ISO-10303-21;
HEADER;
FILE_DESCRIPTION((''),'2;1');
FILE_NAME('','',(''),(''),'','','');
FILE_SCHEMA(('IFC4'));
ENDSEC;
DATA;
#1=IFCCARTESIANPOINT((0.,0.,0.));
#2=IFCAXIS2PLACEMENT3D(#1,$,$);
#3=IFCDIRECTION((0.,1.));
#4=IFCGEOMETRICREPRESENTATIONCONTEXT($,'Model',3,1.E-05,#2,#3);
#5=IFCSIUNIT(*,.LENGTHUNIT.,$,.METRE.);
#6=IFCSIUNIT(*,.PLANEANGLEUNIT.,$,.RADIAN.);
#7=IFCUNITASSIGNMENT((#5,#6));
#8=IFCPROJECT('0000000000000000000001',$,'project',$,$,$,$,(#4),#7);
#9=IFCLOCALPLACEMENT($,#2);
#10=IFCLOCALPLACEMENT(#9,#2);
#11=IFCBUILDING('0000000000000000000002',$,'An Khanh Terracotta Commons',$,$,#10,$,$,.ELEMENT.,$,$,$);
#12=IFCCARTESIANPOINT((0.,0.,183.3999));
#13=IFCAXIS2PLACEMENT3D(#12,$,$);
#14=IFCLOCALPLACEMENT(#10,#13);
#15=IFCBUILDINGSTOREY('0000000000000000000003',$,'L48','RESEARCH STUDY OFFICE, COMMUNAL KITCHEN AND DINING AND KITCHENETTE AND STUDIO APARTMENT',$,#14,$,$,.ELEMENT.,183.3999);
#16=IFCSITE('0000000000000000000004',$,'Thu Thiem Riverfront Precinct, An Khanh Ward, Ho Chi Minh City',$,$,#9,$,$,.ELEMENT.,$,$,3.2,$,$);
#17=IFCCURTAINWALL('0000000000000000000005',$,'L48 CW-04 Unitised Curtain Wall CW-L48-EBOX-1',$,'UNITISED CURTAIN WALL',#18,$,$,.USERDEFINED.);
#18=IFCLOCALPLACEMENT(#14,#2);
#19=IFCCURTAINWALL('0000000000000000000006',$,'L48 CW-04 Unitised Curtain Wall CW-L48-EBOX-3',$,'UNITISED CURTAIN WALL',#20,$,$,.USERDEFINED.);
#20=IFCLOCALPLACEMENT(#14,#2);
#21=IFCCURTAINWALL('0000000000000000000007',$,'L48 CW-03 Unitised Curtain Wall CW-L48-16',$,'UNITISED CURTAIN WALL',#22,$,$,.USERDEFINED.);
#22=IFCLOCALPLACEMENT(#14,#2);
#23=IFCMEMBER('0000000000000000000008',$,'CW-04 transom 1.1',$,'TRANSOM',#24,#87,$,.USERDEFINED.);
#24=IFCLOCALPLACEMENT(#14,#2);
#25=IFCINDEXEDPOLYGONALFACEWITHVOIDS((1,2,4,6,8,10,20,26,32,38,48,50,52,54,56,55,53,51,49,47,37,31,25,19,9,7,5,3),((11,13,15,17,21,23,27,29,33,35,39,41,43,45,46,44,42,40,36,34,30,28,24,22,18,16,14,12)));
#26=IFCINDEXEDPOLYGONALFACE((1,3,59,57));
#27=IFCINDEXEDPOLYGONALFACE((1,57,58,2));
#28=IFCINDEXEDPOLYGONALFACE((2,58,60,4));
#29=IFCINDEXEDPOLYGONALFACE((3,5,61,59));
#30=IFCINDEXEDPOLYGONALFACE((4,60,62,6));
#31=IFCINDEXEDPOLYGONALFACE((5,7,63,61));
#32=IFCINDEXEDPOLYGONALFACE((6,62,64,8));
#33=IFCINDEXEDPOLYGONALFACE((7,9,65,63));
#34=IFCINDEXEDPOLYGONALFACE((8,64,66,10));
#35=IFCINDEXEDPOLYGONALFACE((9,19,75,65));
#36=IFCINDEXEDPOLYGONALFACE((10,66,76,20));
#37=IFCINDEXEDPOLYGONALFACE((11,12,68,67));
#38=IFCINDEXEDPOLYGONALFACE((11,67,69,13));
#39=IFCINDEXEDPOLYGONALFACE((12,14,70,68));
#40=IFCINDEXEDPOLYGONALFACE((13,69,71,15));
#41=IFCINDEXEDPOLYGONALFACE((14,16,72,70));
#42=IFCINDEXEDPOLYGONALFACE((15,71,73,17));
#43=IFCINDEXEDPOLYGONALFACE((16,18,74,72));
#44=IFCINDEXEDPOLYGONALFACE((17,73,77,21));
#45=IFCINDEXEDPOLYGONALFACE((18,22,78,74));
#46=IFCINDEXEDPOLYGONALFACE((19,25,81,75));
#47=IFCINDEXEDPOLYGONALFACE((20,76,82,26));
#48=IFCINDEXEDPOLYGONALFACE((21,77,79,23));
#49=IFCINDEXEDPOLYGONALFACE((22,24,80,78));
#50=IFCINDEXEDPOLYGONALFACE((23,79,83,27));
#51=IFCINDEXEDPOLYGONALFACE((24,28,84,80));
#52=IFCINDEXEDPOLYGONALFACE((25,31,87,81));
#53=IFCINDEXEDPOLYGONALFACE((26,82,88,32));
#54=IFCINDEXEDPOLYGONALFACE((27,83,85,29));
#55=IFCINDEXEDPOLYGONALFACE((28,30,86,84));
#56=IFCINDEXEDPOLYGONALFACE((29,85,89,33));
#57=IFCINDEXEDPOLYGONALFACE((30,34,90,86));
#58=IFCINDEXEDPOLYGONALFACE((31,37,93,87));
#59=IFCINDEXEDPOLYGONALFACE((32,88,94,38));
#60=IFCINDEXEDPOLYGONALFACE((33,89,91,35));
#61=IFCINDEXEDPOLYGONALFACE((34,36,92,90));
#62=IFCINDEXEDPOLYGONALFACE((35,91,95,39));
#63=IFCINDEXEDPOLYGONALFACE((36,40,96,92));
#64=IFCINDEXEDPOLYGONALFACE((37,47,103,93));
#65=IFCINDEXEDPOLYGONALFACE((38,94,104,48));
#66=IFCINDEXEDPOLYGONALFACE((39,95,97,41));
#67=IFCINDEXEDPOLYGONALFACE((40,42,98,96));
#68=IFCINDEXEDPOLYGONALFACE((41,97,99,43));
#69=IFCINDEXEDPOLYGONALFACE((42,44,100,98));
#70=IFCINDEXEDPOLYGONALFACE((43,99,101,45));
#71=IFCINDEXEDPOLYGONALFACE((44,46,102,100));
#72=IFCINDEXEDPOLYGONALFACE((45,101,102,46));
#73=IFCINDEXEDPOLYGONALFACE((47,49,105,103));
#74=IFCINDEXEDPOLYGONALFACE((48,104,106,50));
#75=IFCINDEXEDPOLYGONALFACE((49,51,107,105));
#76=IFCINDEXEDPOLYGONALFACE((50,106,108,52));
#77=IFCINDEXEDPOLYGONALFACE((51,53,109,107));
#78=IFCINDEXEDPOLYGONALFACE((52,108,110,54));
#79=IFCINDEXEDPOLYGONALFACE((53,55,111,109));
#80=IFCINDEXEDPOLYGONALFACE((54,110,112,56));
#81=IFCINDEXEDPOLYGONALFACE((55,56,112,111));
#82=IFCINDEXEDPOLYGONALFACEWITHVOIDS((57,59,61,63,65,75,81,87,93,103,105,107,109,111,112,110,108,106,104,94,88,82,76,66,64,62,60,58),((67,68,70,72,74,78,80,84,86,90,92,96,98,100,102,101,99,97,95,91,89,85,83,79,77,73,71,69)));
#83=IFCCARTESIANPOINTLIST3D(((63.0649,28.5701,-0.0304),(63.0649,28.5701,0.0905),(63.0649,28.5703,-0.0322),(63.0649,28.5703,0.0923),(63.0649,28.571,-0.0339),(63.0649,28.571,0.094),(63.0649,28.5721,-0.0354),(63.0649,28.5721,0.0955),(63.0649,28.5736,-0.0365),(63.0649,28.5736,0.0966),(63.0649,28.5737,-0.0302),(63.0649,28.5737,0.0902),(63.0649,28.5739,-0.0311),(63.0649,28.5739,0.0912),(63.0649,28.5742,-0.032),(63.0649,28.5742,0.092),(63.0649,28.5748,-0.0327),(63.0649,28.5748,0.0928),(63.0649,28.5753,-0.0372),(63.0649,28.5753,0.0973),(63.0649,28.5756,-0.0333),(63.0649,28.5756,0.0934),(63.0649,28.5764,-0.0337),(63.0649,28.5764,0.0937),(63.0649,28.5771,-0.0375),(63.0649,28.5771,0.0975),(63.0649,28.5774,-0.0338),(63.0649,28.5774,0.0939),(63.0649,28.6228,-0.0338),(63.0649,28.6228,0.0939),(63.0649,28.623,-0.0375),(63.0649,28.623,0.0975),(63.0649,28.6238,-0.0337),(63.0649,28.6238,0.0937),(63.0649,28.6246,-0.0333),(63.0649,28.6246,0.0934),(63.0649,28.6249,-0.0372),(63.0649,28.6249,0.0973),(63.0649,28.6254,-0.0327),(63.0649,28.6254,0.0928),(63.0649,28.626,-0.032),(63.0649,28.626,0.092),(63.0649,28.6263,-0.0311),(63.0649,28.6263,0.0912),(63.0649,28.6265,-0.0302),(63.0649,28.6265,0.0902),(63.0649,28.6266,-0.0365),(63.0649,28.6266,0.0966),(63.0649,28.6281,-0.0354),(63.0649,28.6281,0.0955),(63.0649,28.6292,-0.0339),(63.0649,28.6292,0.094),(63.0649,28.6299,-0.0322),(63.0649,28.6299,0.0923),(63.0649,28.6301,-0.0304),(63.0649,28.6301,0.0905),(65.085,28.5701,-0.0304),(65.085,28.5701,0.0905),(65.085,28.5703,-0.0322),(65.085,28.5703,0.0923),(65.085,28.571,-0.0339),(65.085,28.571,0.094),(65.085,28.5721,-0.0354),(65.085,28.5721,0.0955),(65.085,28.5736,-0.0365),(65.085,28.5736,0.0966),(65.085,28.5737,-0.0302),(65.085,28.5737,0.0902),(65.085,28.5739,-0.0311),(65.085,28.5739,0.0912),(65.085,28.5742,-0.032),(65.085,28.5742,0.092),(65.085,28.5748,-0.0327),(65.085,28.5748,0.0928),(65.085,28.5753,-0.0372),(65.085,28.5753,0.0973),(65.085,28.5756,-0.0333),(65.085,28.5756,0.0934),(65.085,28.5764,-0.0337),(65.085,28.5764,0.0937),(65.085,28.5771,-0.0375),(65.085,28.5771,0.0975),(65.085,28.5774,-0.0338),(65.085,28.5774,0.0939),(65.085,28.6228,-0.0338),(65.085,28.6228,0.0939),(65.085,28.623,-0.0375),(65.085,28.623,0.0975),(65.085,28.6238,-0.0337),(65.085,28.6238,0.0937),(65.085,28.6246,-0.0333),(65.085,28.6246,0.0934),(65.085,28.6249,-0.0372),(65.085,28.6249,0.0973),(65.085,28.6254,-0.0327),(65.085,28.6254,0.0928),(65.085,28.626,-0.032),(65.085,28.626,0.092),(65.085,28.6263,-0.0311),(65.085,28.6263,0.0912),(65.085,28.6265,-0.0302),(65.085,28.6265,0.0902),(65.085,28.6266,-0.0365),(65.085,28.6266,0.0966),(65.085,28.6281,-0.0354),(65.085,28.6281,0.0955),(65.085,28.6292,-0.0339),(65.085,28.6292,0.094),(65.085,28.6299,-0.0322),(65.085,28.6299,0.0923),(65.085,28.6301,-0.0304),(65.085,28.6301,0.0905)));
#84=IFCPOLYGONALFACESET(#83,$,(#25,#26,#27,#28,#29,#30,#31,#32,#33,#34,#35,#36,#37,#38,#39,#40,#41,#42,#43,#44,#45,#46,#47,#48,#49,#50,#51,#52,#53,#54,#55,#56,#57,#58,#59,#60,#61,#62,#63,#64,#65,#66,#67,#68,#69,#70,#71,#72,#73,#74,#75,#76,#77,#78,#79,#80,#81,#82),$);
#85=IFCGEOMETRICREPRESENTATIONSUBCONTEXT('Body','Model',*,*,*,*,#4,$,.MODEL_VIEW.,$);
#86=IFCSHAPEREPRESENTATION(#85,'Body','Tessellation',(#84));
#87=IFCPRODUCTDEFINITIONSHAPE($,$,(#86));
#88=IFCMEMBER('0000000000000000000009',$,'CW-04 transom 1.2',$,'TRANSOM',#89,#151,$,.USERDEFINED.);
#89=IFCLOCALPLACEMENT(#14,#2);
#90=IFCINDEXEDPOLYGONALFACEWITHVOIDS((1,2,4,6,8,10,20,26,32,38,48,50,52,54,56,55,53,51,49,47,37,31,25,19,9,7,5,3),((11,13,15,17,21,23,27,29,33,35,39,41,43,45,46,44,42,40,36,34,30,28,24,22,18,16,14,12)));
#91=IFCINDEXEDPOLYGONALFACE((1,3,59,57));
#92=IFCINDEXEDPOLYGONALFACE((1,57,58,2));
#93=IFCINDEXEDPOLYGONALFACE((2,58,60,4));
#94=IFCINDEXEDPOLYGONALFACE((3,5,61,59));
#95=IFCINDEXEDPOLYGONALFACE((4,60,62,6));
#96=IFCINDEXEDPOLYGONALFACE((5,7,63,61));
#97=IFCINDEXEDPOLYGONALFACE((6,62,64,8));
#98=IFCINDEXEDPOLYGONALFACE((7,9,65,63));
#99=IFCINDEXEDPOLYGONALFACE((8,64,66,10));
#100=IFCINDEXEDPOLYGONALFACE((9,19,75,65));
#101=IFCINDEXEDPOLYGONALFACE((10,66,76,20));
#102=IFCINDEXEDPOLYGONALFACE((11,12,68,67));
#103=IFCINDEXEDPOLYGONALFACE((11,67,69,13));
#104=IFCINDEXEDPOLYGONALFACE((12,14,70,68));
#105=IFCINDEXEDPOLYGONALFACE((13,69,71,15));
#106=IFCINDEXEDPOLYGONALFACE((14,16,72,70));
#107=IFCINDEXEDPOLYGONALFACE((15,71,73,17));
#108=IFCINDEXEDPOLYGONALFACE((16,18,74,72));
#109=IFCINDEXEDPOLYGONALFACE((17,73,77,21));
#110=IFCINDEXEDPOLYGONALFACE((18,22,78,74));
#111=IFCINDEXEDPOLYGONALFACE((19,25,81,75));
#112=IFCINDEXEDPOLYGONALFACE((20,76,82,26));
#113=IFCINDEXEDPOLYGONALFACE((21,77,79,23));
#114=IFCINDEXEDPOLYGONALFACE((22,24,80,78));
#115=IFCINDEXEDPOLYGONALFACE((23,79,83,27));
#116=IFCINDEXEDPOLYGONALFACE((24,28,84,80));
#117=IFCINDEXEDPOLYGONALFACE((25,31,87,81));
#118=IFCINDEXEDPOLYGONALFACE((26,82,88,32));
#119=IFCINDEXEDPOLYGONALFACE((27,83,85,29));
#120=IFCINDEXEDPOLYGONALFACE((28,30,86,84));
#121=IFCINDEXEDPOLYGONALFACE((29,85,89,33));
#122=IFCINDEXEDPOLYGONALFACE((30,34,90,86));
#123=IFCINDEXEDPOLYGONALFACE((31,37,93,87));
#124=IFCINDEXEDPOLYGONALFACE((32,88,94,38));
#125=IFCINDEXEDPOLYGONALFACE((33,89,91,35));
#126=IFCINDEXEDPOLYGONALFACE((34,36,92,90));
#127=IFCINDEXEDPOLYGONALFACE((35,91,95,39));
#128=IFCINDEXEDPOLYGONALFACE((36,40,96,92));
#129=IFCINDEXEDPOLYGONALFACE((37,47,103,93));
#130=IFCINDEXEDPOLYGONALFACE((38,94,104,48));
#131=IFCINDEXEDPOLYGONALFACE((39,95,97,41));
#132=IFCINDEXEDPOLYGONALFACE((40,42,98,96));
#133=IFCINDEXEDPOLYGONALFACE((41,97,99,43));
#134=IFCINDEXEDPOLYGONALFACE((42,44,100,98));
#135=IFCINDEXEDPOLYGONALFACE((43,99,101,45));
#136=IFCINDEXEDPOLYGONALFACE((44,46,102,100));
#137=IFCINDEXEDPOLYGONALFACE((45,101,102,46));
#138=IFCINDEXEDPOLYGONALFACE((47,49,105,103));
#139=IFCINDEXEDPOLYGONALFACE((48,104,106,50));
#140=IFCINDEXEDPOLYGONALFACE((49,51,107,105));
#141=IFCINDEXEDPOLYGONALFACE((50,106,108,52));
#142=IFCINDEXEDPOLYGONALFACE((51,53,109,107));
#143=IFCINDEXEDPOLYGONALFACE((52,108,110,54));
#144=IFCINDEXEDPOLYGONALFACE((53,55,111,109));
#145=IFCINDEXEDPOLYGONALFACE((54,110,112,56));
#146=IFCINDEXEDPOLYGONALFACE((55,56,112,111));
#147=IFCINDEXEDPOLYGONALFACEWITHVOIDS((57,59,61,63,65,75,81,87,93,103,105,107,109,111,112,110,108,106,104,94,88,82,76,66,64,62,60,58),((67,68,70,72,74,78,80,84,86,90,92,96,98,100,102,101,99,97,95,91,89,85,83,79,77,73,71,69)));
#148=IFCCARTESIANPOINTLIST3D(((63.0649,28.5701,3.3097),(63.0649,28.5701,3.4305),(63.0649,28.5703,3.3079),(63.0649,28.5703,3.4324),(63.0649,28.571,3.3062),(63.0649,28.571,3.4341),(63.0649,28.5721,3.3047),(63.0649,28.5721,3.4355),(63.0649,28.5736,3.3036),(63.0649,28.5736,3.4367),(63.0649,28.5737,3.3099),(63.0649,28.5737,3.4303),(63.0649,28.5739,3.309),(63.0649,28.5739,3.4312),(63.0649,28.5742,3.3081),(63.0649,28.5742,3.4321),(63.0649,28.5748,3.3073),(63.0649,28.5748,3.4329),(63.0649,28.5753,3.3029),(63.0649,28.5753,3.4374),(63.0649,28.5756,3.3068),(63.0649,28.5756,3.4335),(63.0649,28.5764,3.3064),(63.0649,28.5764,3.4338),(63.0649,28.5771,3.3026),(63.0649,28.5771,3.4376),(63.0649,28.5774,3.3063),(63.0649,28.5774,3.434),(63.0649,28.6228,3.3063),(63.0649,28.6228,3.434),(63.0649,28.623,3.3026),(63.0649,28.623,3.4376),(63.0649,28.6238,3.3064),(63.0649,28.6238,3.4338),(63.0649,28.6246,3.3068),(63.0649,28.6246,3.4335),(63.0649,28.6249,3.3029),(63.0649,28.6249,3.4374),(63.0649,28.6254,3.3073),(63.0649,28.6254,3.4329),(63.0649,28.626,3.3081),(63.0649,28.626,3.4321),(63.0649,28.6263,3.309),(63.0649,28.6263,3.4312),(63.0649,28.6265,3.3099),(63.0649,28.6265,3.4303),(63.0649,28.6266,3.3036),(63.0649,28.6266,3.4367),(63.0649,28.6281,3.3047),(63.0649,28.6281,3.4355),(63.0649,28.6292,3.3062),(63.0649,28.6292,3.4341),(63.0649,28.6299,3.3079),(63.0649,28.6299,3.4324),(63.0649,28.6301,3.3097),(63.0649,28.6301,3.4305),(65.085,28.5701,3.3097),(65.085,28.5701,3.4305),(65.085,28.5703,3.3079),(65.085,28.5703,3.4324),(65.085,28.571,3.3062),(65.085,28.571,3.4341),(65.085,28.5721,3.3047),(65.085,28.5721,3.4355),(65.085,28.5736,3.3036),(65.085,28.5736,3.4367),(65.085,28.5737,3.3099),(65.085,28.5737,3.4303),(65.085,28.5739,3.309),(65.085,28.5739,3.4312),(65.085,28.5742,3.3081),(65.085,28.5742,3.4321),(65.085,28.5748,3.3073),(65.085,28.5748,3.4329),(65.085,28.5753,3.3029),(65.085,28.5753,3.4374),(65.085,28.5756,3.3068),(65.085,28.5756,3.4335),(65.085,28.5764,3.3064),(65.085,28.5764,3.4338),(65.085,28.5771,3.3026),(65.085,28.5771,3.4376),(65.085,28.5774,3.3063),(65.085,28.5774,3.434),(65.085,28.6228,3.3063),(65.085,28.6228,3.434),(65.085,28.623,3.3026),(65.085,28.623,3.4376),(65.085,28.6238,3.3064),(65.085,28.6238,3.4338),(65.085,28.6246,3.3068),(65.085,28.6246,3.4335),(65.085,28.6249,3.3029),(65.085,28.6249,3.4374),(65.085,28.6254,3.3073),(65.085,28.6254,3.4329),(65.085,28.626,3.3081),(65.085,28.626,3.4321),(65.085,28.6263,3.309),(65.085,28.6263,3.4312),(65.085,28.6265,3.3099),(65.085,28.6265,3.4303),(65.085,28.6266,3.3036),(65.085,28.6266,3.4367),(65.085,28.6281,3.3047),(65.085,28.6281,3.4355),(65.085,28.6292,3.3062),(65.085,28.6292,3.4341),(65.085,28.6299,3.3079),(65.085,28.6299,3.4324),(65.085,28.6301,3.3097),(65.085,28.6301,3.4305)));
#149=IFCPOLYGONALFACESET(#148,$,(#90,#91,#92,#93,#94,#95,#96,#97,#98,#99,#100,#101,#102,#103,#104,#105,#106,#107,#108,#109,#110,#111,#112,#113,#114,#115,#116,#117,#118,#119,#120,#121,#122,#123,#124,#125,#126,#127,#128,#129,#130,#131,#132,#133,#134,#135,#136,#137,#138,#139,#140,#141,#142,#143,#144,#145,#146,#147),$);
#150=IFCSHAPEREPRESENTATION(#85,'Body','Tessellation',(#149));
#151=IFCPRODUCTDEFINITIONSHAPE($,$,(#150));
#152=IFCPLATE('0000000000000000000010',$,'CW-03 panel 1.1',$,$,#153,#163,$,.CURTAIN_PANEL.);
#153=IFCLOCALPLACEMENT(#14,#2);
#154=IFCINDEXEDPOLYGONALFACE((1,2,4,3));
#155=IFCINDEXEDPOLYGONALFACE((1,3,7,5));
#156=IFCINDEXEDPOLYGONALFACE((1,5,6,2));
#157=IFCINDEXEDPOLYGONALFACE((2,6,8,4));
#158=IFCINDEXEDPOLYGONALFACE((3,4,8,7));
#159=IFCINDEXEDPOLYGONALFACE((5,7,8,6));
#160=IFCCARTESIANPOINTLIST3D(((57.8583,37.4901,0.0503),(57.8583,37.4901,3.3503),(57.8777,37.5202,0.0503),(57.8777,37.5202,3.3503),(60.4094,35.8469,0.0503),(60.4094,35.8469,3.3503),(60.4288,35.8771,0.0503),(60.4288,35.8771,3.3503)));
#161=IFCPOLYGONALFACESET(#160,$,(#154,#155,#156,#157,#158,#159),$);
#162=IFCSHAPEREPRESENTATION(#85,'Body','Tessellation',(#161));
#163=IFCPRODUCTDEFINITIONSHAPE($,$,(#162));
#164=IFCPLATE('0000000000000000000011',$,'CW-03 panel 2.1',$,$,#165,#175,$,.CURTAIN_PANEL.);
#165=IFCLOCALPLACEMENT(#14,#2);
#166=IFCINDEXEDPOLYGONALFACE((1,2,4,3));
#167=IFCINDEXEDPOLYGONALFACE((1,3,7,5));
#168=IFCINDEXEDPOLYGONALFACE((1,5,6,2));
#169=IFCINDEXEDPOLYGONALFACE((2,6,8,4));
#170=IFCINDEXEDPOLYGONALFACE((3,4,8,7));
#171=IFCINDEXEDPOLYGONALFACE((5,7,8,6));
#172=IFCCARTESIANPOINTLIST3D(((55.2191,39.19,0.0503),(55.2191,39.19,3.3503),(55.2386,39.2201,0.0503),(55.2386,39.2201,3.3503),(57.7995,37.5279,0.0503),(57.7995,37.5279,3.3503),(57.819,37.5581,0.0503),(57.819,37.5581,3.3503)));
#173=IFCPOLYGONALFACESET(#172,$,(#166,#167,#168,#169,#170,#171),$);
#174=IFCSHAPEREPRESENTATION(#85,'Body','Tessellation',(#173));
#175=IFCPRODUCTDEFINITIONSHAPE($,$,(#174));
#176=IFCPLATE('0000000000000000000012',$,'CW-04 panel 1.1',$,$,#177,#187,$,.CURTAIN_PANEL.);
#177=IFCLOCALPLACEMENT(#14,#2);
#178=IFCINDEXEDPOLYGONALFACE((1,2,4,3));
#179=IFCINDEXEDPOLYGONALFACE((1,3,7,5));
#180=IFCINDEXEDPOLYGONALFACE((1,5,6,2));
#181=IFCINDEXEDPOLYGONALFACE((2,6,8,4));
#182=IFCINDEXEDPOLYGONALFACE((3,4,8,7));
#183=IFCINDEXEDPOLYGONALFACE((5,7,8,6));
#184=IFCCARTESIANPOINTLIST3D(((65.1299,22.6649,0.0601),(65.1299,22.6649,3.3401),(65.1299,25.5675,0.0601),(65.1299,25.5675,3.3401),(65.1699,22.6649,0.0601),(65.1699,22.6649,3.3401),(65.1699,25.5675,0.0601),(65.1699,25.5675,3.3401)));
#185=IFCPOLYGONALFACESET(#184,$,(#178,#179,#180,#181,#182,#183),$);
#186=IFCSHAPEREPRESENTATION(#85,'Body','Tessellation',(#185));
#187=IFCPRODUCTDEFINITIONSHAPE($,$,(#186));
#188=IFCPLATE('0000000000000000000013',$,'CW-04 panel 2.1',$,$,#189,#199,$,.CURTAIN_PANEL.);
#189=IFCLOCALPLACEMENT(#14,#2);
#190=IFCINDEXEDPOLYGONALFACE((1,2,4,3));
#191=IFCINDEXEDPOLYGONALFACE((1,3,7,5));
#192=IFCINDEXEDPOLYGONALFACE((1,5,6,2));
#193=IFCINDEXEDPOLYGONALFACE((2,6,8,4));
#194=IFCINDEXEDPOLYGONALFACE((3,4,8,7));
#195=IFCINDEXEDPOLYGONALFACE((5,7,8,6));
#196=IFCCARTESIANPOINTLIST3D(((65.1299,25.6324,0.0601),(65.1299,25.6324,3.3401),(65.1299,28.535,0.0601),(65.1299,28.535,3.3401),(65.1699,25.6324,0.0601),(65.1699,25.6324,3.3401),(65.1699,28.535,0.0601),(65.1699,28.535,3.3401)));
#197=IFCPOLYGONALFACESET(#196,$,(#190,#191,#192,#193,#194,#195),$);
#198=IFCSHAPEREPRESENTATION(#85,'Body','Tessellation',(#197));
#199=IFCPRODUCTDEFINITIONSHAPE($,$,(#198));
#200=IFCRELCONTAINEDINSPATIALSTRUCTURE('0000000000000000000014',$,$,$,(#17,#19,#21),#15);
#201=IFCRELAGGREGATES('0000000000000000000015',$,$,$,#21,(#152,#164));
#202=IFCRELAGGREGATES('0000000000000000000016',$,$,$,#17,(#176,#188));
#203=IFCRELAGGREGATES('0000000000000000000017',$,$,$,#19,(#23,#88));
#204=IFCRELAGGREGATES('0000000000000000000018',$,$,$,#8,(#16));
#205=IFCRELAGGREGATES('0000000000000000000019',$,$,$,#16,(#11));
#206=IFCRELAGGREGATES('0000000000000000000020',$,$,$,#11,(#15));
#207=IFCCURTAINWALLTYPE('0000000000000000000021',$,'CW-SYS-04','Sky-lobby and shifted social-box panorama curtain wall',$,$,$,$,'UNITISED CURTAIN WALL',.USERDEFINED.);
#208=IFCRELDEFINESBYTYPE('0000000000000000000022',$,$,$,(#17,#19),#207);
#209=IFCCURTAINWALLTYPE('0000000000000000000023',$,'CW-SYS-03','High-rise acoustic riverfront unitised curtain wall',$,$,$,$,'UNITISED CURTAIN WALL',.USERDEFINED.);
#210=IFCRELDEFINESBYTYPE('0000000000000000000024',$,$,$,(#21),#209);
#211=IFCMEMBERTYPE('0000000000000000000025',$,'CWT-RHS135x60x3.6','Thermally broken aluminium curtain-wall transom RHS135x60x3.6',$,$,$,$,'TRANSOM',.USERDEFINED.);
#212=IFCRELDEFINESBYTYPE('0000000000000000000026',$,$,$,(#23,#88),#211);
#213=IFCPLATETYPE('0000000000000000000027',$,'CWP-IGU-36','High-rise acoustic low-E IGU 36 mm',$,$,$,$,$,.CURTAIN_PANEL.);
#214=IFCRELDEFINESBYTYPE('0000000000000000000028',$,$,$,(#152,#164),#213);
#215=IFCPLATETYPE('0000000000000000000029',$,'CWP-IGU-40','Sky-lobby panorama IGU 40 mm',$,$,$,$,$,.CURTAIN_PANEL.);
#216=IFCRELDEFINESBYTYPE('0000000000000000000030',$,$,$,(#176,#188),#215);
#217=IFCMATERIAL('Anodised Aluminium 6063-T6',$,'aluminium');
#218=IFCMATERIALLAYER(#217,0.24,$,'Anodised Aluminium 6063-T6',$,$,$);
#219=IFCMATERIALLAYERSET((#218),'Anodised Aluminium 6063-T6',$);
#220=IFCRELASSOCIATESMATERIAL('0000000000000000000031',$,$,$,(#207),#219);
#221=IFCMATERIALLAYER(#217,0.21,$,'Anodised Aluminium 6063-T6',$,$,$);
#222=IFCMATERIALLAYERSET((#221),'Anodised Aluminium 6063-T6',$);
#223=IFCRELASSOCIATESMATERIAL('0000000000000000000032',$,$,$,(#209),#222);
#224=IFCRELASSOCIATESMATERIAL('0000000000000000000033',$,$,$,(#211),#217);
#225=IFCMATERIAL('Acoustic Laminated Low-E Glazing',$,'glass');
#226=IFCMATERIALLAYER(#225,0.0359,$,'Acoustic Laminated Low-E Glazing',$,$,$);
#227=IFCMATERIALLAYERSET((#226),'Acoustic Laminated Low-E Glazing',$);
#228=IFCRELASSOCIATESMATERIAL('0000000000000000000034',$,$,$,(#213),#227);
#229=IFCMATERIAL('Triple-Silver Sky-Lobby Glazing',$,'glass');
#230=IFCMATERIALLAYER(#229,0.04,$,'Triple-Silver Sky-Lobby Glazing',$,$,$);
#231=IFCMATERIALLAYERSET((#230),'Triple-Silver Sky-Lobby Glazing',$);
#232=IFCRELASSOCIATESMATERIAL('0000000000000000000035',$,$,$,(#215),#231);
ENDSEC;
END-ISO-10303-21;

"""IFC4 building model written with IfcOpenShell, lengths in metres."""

from ifc_helpers import new_model, si_unit, direction, frame, origin, origin_2d, place, context, subcontext, project, spatial, rectangle, hollow_rectangle, extrude, material, layer, layer_set, material_profile, profile_set, type_object, element, aggregate, save


model = new_model("IFC4")

# Units and contexts
model_context = context("Model", 3, precision=1e-05, world=origin(), true_north=direction((0.0, 1.0)))
body_context = subcontext(model_context, "Body", "Model", "MODEL_VIEW")
ifc_project = project(units=[si_unit("LENGTHUNIT", "METRE"), si_unit("PLANEANGLEUNIT", "RADIAN")], contexts=[model_context])

# Site, building, storey
site_placement = place(None, origin())
site = spatial("IfcSite", under=ifc_project, at=site_placement, Name="Thu Thiem Riverfront Precinct, An Khanh Ward, Ho Chi Minh City", CompositionType="ELEMENT", RefElevation=3.2)
building_placement = place(site_placement, origin())
building = spatial("IfcBuilding", under=site, at=building_placement, Name="An Khanh Terracotta Commons", CompositionType="ELEMENT")
storey_placement = place(building_placement, frame((0.0, 0.0, 183.3999)))
storey = spatial("IfcBuildingStorey", under=building, at=storey_placement, Name="L48", Description="RESEARCH STUDY OFFICE, COMMUNAL KITCHEN AND DINING AND KITCHENETTE AND STUDIO APARTMENT", CompositionType="ELEMENT", Elevation=183.3999)

# Curtain walls
ifc_material_1 = material(Name="Anodised Aluminium 6063-T6", Category="aluminium")
ifc_layer_1 = layer(ifc_material_1, 0.24, Name="Anodised Aluminium 6063-T6")
ifc_layer_set_1 = layer_set([ifc_layer_1], Name="Anodised Aluminium 6063-T6")
curtain_wall_type_1 = type_object("IfcCurtainWallType", Name="CW-SYS-04", Description="Sky-lobby and shifted social-box panorama curtain wall", ElementType="UNITISED CURTAIN WALL", PredefinedType="USERDEFINED", material=ifc_layer_set_1)
curtain_wall_1_placement = place(storey_placement, origin())
curtain_wall_1 = element("IfcCurtainWall", 1, at=curtain_wall_1_placement, inside=storey, type_object=curtain_wall_type_1, Name="L48 CW-04 Unitised Curtain Wall CW-L48-EBOX-1", ObjectType="UNITISED CURTAIN WALL", PredefinedType="USERDEFINED")
curtain_wall_2_placement = place(storey_placement, origin())
curtain_wall_2 = element("IfcCurtainWall", 2, at=curtain_wall_2_placement, inside=storey, type_object=curtain_wall_type_1, Name="L48 CW-04 Unitised Curtain Wall CW-L48-EBOX-3", ObjectType="UNITISED CURTAIN WALL", PredefinedType="USERDEFINED")
ifc_layer_2 = layer(ifc_material_1, 0.21, Name="Anodised Aluminium 6063-T6")
ifc_layer_set_2 = layer_set([ifc_layer_2], Name="Anodised Aluminium 6063-T6")
curtain_wall_type_2 = type_object("IfcCurtainWallType", Name="CW-SYS-03", Description="High-rise acoustic riverfront unitised curtain wall", ElementType="UNITISED CURTAIN WALL", PredefinedType="USERDEFINED", material=ifc_layer_set_2)
curtain_wall_3_placement = place(storey_placement, origin())
curtain_wall_3 = element("IfcCurtainWall", 3, at=curtain_wall_3_placement, inside=storey, type_object=curtain_wall_type_2, Name="L48 CW-03 Unitised Curtain Wall CW-L48-16", ObjectType="UNITISED CURTAIN WALL", PredefinedType="USERDEFINED")

# Members
ifc_material_profile_1 = material_profile(ifc_material_1, hollow_rectangle(XDim=0.0601, YDim=0.135, WallThickness=0.0037, InnerFilletRadius=0.0037, OuterFilletRadius=0.0071, at=origin_2d()), Name="RHS135x60x3.6")
ifc_profile_set_1 = profile_set([ifc_material_profile_1], Name="Anodised Aluminium 6063-T6")
member_type_1 = type_object("IfcMemberType", Name="CWT-RHS135x60x3.6", Description="Thermally broken aluminium curtain-wall transom RHS135x60x3.6", ElementType="TRANSOM", PredefinedType="USERDEFINED", material=ifc_profile_set_1)
member_1_placement = place(storey_placement, frame((65.085, 28.6001, 0.03), z_axis=(-1.0, 0.0, 0.0), x_axis=(0.0, -1.0, 0.0)))
member_1 = element("IfcMember", 4, at=member_1_placement, type_object=member_type_1, Name="CW-04 transom 1.1", ObjectType="TRANSOM", PredefinedType="USERDEFINED", context=body_context, shape_type="SweptSolid", body=[
    extrude(hollow_rectangle(XDim=0.0601, YDim=0.135, WallThickness=0.0037, InnerFilletRadius=0.0037, OuterFilletRadius=0.0071, at=origin_2d()), origin(), (0.0, 0.0, 1.0), 2.02),
])
member_2_placement = place(storey_placement, frame((65.085, 28.6001, 3.3701), z_axis=(-1.0, 0.0, 0.0), x_axis=(0.0, -1.0, 0.0)))
member_2 = element("IfcMember", 5, at=member_2_placement, type_object=member_type_1, Name="CW-04 transom 1.2", ObjectType="TRANSOM", PredefinedType="USERDEFINED", context=body_context, shape_type="SweptSolid", body=[
    extrude(hollow_rectangle(XDim=0.0601, YDim=0.135, WallThickness=0.0037, InnerFilletRadius=0.0037, OuterFilletRadius=0.0071, at=origin_2d()), origin(), (0.0, 0.0, 1.0), 2.02),
])

# Plates
ifc_material_2 = material(Name="Acoustic Laminated Low-E Glazing", Category="glass")
ifc_layer_3 = layer(ifc_material_2, 0.0359, Name="Acoustic Laminated Low-E Glazing")
ifc_layer_set_3 = layer_set([ifc_layer_3], Name="Acoustic Laminated Low-E Glazing")
plate_type_1 = type_object("IfcPlateType", Name="CWP-IGU-36", Description="High-rise acoustic low-E IGU 36 mm", PredefinedType="CURTAIN_PANEL", material=ifc_layer_set_3)
plate_1_placement = place(storey_placement, frame((59.1436, 36.6836, 0.0503), z_axis=(0.0, 0.0, 1.0), x_axis=(-0.840702, 0.541498, 0.0)))
plate_1 = element("IfcPlate", 6, at=plate_1_placement, type_object=plate_type_1, Name="CW-03 panel 1.1", PredefinedType="CURTAIN_PANEL", context=body_context, shape_type="SweptSolid", body=[
    extrude(rectangle(XDim=3.0344, YDim=0.0359, at=origin_2d()), origin(), (0.0, 0.0, 1.0), 3.3),
])
plate_2_placement = place(storey_placement, frame((56.519, 38.374, 0.0503), z_axis=(0.0, 0.0, 1.0), x_axis=(-0.840702, 0.541498, 0.0)))
plate_2 = element("IfcPlate", 7, at=plate_2_placement, type_object=plate_type_1, Name="CW-03 panel 2.1", PredefinedType="CURTAIN_PANEL", context=body_context, shape_type="SweptSolid", body=[
    extrude(rectangle(XDim=3.0693, YDim=0.0359, at=origin_2d()), origin(), (0.0, 0.0, 1.0), 3.3),
])
aggregate(curtain_wall_3, [plate_1, plate_2])
ifc_material_3 = material(Name="Triple-Silver Sky-Lobby Glazing", Category="glass")
ifc_layer_4 = layer(ifc_material_3, 0.04, Name="Triple-Silver Sky-Lobby Glazing")
ifc_layer_set_4 = layer_set([ifc_layer_4], Name="Triple-Silver Sky-Lobby Glazing")
plate_type_2 = type_object("IfcPlateType", Name="CWP-IGU-40", Description="Sky-lobby panorama IGU 40 mm", PredefinedType="CURTAIN_PANEL", material=ifc_layer_set_4)
plate_3_placement = place(storey_placement, frame((65.1499, 24.1162, 0.0601), z_axis=(0.0, 0.0, 1.0), x_axis=(0.0, 1.0, 0.0)))
plate_3 = element("IfcPlate", 8, at=plate_3_placement, type_object=plate_type_2, Name="CW-04 panel 1.1", PredefinedType="CURTAIN_PANEL", context=body_context, shape_type="SweptSolid", body=[
    extrude(rectangle(XDim=2.9026, YDim=0.04, at=origin_2d()), origin(), (0.0, 0.0, 1.0), 3.28),
])
plate_4_placement = place(storey_placement, frame((65.1499, 27.0837, 0.0601), z_axis=(0.0, 0.0, 1.0), x_axis=(0.0, 1.0, 0.0)))
plate_4 = element("IfcPlate", 9, at=plate_4_placement, type_object=plate_type_2, Name="CW-04 panel 2.1", PredefinedType="CURTAIN_PANEL", context=body_context, shape_type="SweptSolid", body=[
    extrude(rectangle(XDim=2.9026, YDim=0.04, at=origin_2d()), origin(), (0.0, 0.0, 1.0), 3.28),
])
aggregate(curtain_wall_1, [plate_3, plate_4])
aggregate(curtain_wall_2, [member_1, member_2])

save(model, "model.ifc")
